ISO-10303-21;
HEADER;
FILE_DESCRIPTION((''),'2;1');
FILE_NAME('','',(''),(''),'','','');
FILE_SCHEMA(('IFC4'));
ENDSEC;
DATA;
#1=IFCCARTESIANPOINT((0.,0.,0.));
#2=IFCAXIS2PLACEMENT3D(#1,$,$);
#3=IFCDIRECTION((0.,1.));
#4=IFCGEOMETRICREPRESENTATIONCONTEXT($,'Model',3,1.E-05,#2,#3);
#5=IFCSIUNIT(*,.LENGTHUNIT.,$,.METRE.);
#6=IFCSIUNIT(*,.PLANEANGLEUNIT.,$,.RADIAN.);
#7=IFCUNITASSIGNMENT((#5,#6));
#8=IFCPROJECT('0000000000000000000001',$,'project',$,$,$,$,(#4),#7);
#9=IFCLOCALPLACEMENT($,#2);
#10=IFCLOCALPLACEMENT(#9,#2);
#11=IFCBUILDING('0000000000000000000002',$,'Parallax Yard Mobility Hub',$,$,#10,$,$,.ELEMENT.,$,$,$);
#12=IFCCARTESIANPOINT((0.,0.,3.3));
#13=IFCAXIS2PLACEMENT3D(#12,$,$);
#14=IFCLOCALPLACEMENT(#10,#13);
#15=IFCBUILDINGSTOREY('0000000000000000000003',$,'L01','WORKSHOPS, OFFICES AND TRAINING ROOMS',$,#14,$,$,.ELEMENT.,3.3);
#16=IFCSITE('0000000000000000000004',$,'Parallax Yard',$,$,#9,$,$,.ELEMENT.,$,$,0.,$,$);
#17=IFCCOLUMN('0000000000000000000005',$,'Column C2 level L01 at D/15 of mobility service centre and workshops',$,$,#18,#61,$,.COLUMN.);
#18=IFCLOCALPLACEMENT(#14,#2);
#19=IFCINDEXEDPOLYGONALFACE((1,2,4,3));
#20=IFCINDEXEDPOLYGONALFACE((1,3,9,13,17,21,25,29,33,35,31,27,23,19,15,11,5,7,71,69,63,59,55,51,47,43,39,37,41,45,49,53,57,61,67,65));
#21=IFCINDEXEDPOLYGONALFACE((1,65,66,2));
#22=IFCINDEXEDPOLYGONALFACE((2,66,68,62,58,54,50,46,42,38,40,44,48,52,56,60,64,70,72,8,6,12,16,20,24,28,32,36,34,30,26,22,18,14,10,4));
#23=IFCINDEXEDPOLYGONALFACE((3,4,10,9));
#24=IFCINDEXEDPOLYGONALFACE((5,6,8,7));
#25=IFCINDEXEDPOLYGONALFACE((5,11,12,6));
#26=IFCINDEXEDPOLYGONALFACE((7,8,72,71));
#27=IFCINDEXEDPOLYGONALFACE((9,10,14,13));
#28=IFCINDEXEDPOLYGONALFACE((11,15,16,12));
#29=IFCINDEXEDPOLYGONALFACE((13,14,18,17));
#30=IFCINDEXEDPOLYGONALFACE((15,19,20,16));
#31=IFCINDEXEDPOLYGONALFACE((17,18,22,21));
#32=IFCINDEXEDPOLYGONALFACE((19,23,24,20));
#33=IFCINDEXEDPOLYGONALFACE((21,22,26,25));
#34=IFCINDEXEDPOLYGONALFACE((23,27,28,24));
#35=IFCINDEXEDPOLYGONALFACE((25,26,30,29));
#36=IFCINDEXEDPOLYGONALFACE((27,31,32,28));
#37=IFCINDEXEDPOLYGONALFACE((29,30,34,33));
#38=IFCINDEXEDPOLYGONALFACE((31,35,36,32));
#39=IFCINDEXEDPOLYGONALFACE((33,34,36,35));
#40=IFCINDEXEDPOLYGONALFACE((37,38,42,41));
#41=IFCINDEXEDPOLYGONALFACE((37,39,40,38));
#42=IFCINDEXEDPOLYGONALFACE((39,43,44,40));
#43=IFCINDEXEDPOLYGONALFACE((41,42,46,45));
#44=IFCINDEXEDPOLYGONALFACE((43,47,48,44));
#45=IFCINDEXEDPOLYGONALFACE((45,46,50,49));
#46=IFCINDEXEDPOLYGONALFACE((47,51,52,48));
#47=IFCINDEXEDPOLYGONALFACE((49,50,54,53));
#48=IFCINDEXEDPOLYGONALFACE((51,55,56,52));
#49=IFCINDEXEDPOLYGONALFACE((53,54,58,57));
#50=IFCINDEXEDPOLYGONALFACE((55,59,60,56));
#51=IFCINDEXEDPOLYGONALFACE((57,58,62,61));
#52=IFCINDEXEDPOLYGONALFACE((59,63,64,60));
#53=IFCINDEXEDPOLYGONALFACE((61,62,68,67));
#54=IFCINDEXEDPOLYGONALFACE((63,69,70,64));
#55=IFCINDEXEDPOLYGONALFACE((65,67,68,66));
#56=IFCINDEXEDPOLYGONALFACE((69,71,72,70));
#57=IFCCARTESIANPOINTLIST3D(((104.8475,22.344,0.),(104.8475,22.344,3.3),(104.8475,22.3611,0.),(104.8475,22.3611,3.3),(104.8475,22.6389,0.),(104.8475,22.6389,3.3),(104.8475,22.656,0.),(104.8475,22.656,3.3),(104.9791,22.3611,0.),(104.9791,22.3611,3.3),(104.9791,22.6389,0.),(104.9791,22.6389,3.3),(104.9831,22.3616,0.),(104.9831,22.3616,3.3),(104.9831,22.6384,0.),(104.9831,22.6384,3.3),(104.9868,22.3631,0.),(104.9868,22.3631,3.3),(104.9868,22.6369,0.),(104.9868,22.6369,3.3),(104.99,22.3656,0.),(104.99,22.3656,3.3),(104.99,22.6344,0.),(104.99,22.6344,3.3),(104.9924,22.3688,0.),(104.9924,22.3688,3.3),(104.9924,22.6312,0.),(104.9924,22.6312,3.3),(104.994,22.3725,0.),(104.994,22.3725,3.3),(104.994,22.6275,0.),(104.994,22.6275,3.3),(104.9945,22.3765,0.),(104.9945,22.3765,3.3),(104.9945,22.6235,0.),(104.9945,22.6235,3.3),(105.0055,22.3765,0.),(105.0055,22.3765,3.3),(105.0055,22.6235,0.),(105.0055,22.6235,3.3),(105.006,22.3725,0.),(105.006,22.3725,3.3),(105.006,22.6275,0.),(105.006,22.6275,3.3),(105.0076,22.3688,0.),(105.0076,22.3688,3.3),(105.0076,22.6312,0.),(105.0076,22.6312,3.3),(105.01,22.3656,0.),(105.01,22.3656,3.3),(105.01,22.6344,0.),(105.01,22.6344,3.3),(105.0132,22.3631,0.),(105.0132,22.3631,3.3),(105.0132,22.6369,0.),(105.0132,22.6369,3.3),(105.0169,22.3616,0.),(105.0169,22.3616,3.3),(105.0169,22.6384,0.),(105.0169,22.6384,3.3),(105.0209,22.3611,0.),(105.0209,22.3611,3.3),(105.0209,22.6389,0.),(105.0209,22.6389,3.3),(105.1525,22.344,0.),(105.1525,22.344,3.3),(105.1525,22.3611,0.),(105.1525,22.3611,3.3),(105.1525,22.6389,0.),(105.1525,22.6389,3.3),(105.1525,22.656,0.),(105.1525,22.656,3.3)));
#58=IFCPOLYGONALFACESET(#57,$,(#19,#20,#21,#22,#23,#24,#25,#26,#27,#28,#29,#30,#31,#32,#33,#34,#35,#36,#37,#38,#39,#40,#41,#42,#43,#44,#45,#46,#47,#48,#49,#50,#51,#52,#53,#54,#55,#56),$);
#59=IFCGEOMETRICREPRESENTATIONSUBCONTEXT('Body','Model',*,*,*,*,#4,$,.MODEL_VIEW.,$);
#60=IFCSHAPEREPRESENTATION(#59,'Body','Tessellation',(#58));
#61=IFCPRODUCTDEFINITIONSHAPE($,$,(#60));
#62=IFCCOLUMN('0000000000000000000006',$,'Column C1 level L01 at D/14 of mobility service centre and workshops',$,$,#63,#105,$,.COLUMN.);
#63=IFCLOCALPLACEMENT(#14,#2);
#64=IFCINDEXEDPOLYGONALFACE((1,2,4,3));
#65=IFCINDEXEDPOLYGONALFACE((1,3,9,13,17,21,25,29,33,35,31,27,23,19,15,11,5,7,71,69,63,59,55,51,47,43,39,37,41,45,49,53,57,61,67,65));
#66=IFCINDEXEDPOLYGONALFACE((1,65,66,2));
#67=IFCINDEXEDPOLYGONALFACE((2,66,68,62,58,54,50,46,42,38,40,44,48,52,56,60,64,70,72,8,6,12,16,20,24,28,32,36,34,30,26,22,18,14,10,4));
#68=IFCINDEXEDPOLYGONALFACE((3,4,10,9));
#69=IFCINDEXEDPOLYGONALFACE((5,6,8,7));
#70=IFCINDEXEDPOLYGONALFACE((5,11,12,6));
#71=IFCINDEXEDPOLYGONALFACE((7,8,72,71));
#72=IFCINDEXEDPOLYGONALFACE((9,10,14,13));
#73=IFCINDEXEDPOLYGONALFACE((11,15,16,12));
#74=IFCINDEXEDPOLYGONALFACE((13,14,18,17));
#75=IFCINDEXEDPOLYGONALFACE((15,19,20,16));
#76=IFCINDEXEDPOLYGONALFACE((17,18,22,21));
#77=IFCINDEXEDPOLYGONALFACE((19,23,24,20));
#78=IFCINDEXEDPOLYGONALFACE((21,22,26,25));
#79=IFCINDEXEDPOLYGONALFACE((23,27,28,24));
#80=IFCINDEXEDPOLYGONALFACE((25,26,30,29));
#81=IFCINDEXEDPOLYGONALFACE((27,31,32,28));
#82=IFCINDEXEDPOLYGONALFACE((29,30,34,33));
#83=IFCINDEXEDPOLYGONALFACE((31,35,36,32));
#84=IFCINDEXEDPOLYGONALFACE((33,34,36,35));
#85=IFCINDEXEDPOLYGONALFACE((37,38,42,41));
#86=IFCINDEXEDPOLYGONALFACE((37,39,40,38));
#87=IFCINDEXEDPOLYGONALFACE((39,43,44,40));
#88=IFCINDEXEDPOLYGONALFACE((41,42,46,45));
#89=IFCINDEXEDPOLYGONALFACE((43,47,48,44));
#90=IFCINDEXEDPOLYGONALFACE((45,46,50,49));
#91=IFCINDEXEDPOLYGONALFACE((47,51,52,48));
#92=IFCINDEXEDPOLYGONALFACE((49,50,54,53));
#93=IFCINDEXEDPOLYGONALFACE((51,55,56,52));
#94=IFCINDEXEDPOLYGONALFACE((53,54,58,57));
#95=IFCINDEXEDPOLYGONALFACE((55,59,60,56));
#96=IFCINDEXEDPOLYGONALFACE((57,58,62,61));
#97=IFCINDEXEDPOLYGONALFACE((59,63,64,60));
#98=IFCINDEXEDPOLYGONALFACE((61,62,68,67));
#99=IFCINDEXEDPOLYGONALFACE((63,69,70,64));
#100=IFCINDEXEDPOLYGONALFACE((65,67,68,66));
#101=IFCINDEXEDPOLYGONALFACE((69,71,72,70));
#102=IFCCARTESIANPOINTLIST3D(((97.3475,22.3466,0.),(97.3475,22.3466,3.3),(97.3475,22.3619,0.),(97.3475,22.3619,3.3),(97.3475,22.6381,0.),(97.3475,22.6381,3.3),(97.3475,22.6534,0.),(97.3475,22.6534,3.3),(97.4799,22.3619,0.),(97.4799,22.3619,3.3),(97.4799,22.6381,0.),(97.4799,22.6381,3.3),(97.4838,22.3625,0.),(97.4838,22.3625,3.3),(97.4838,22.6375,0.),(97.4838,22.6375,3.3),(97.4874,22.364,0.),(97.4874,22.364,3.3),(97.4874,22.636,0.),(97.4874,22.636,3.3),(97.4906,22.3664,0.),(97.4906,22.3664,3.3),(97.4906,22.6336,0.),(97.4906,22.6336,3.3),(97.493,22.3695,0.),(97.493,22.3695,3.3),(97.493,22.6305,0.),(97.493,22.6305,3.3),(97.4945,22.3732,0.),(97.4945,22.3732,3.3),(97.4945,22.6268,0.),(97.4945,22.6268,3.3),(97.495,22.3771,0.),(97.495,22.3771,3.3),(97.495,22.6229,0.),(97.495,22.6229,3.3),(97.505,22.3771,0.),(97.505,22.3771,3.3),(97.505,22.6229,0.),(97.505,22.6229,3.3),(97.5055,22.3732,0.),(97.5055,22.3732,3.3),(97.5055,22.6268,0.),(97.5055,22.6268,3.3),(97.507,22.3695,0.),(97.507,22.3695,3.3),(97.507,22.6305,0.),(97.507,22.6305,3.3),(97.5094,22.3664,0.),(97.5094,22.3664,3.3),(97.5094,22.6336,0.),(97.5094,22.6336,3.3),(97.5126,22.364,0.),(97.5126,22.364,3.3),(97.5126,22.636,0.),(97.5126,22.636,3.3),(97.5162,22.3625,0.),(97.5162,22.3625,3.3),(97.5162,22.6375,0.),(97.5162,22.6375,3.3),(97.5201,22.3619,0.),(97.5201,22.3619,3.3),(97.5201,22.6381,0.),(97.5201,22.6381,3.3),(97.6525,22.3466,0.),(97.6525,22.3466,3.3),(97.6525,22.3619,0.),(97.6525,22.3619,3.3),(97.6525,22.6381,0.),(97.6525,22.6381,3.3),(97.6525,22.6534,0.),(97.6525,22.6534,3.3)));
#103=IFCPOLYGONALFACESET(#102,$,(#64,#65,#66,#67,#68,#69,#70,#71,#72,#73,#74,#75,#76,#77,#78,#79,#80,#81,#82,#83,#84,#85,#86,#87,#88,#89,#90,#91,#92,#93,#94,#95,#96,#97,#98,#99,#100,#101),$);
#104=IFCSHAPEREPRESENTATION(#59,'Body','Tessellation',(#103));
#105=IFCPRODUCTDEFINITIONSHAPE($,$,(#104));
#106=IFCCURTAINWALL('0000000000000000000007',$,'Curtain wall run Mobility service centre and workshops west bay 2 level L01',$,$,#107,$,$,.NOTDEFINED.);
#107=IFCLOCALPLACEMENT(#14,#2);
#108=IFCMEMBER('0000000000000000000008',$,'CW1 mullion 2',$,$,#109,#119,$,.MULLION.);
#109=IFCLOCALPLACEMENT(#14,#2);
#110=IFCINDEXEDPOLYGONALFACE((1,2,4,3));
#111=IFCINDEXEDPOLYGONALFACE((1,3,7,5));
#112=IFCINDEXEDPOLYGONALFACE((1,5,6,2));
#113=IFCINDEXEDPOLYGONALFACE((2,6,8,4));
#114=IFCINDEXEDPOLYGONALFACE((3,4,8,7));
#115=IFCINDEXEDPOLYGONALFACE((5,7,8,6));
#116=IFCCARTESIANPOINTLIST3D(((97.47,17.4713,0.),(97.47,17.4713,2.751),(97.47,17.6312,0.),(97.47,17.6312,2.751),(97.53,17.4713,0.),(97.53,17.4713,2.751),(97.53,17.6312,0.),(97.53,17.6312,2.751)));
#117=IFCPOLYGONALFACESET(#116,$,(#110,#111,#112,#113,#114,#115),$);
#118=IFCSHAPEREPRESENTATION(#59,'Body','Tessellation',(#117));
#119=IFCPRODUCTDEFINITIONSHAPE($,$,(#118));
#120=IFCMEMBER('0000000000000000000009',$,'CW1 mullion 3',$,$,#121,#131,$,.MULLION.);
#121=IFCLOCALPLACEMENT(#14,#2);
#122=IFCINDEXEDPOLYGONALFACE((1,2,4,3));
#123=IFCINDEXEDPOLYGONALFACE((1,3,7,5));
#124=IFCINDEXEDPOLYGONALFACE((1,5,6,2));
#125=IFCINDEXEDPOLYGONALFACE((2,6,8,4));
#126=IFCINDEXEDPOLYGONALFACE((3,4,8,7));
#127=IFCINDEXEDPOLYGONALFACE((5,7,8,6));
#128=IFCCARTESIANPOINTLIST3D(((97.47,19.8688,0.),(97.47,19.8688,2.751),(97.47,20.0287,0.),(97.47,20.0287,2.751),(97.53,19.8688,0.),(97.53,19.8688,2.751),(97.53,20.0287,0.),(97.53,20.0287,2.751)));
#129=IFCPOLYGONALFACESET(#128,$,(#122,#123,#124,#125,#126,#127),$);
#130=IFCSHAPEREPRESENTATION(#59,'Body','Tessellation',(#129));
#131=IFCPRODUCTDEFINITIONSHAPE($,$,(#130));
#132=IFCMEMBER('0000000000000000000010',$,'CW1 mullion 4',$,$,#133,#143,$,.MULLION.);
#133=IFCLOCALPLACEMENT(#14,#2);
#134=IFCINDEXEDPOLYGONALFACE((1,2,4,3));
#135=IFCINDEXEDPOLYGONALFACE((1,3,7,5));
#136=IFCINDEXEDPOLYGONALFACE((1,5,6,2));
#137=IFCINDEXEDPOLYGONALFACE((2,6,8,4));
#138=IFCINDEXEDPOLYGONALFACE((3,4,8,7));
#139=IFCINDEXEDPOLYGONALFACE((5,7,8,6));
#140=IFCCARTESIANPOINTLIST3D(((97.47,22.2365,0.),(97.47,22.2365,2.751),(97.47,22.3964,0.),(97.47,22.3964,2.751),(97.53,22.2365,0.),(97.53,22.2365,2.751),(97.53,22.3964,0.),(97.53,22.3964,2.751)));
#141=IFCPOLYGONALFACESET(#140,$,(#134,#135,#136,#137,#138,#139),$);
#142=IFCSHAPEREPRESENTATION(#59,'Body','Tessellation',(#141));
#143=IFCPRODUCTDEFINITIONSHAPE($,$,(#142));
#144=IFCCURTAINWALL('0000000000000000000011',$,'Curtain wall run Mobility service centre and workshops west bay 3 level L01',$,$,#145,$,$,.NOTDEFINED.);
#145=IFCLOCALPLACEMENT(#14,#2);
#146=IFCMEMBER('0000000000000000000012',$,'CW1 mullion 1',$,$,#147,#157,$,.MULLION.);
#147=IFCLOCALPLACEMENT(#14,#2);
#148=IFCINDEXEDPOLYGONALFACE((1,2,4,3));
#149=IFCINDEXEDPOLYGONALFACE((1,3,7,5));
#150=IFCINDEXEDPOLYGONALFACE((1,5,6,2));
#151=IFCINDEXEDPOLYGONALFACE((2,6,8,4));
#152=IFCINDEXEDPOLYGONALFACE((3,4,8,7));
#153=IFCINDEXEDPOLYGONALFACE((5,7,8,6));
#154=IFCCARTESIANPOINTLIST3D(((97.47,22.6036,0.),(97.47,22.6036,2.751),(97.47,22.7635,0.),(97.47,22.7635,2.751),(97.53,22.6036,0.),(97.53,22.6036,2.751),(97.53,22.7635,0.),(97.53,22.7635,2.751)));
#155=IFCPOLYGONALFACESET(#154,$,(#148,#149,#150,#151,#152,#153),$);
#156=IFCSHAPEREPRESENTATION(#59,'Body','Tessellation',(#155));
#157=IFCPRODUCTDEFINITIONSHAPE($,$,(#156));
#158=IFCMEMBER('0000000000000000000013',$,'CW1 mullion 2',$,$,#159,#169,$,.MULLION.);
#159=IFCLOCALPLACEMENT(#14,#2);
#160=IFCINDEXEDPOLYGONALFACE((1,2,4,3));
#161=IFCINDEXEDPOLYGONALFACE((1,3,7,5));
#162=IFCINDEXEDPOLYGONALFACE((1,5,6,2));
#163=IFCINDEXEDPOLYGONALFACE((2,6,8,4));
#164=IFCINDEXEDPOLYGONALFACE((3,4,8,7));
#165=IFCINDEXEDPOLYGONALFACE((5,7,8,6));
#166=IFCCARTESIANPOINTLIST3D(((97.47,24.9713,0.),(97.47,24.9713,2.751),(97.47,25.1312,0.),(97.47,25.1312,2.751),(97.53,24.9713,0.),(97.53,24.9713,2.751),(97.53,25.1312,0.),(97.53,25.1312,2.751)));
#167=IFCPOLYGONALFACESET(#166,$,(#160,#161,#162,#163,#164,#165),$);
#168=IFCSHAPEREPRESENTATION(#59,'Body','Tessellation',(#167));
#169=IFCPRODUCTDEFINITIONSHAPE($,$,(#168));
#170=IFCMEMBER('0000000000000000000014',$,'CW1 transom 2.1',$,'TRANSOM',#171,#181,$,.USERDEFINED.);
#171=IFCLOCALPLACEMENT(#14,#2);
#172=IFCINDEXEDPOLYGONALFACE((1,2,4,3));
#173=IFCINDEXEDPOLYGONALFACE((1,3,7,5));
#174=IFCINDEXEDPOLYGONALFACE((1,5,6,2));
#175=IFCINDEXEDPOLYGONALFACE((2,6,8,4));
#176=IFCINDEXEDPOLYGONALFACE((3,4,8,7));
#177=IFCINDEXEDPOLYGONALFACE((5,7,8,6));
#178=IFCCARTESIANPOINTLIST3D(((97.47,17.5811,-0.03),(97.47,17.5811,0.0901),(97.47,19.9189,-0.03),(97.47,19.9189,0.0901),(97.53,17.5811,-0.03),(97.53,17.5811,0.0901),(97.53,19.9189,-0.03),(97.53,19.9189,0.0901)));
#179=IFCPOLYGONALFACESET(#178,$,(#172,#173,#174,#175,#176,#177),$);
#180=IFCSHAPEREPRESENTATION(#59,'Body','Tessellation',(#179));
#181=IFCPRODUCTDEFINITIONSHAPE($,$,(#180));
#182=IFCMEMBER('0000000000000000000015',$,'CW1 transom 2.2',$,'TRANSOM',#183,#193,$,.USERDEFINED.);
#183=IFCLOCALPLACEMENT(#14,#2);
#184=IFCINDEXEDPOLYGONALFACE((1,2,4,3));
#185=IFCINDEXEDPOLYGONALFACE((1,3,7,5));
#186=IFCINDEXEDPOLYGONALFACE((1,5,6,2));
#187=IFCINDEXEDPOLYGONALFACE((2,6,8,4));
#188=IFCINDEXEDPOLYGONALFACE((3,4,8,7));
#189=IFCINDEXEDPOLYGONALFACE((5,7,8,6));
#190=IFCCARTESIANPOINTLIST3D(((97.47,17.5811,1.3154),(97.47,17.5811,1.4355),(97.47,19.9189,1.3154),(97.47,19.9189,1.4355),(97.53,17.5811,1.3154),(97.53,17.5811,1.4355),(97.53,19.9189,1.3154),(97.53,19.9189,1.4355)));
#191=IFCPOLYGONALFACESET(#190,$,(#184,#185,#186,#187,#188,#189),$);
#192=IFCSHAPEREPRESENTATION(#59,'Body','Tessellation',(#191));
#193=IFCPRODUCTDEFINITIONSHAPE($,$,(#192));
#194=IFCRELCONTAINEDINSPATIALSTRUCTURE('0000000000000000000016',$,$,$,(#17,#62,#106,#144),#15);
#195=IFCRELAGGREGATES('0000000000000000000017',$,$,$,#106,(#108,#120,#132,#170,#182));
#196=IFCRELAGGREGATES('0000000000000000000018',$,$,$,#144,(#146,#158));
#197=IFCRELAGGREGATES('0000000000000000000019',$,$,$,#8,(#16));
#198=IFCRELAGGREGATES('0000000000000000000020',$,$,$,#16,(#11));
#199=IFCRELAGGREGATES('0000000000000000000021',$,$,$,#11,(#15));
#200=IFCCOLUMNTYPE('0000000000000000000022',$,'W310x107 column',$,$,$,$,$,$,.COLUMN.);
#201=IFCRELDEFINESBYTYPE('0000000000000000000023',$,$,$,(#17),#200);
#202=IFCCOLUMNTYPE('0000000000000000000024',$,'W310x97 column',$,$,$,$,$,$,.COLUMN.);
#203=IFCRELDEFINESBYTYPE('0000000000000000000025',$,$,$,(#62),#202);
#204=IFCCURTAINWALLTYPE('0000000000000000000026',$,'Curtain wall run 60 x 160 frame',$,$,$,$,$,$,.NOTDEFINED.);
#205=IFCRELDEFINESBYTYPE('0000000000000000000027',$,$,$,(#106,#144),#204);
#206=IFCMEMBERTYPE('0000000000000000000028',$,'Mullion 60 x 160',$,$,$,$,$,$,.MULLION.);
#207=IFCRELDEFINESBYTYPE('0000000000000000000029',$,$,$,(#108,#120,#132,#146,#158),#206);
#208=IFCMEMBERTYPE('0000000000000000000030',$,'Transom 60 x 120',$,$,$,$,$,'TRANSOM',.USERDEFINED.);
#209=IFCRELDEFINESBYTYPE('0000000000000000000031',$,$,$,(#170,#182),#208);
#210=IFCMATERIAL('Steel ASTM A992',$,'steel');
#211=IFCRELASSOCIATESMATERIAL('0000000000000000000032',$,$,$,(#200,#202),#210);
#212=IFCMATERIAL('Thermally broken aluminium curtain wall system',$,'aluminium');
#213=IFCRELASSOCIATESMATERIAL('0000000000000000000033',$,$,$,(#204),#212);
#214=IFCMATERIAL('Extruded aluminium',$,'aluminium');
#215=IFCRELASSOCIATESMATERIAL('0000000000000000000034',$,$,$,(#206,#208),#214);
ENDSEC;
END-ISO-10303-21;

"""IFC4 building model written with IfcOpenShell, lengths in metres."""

from ifc_helpers import new_model, si_unit, direction, frame, origin, origin_2d, place, context, subcontext, project, spatial, rectangle, i_section, extrude, material, material_profile, profile_set, type_object, element, aggregate, save


model = new_model("IFC4")

# Units and contexts
model_context = context("Model", 3, precision=1e-05, world=origin(), true_north=direction((0.0, 1.0)))
body_context = subcontext(model_context, "Body", "Model", "MODEL_VIEW")
ifc_project = project(units=[si_unit("LENGTHUNIT", "METRE"), si_unit("PLANEANGLEUNIT", "RADIAN")], contexts=[model_context])

# Site, building, storey
site_placement = place(None, origin())
site = spatial("IfcSite", under=ifc_project, at=site_placement, Name="Parallax Yard", CompositionType="ELEMENT", RefElevation=0.0)
building_placement = place(site_placement, origin())
building = spatial("IfcBuilding", under=site, at=building_placement, Name="Parallax Yard Mobility Hub", CompositionType="ELEMENT")
storey_placement = place(building_placement, frame((0.0, 0.0, 3.3)))
storey = spatial("IfcBuildingStorey", under=building, at=storey_placement, Name="L01", Description="WORKSHOPS, OFFICES AND TRAINING ROOMS", CompositionType="ELEMENT", Elevation=3.3)

# Columns
ifc_material_1 = material(Name="Steel ASTM A992", Category="steel")
ifc_material_profile_1 = material_profile(ifc_material_1, i_section(OverallWidth=0.3049, OverallDepth=0.312, WebThickness=0.011, FlangeThickness=0.0171, FilletRadius=0.0154, at=origin_2d()), Name="W310x107")
ifc_profile_set_1 = profile_set([ifc_material_profile_1], Name="Steel ASTM A992")
column_type_1 = type_object("IfcColumnType", Name="W310x107 column", PredefinedType="COLUMN", material=ifc_profile_set_1)
column_1_placement = place(storey_placement, frame((105.0, 22.5, 0.0), z_axis=(0.0, 0.0, 1.0), x_axis=(1.0, 0.0, 0.0)))
element("IfcColumn", 1, at=column_1_placement, inside=storey, type_object=column_type_1, Name="Column C2 level L01 at D/15 of mobility service centre and workshops", PredefinedType="COLUMN", context=body_context, shape_type="SweptSolid", body=[
    extrude(i_section(OverallWidth=0.3049, OverallDepth=0.312, WebThickness=0.011, FlangeThickness=0.0171, FilletRadius=0.0154, at=origin_2d()), origin(), (0.0, 0.0, 1.0), 3.3),
])
ifc_material_profile_2 = material_profile(ifc_material_1, i_section(OverallWidth=0.3049, OverallDepth=0.3069, WebThickness=0.01, FlangeThickness=0.0154, FilletRadius=0.0151, at=origin_2d()), Name="W310x97")
ifc_profile_set_2 = profile_set([ifc_material_profile_2], Name="Steel ASTM A992")
column_type_2 = type_object("IfcColumnType", Name="W310x97 column", PredefinedType="COLUMN", material=ifc_profile_set_2)
column_2_placement = place(storey_placement, frame((97.5, 22.5, 0.0), z_axis=(0.0, 0.0, 1.0), x_axis=(1.0, 0.0, 0.0)))
element("IfcColumn", 2, at=column_2_placement, inside=storey, type_object=column_type_2, Name="Column C1 level L01 at D/14 of mobility service centre and workshops", PredefinedType="COLUMN", context=body_context, shape_type="SweptSolid", body=[
    extrude(i_section(OverallWidth=0.3049, OverallDepth=0.3069, WebThickness=0.01, FlangeThickness=0.0154, FilletRadius=0.0151, at=origin_2d()), origin(), (0.0, 0.0, 1.0), 3.3),
])

# Curtain walls, members
ifc_material_2 = material(Name="Thermally broken aluminium curtain wall system", Category="aluminium")
curtain_wall_type = type_object("IfcCurtainWallType", Name="Curtain wall run 60 x 160 frame", PredefinedType="NOTDEFINED", material=ifc_material_2)
curtain_wall_1_placement = place(storey_placement, origin())
curtain_wall_1 = element("IfcCurtainWall", 3, at=curtain_wall_1_placement, inside=storey, type_object=curtain_wall_type, Name="Curtain wall run Mobility service centre and workshops west bay 2 level L01", PredefinedType="NOTDEFINED")
ifc_material_3 = material(Name="Extruded aluminium", Category="aluminium")
ifc_material_profile_3 = material_profile(ifc_material_3, rectangle(XDim=0.0601, YDim=0.1599, at=origin_2d()), Name="Mullion 60 x 160")
ifc_profile_set_3 = profile_set([ifc_material_profile_3], Name="Extruded aluminium")
member_type_1 = type_object("IfcMemberType", Name="Mullion 60 x 160", PredefinedType="MULLION", material=ifc_profile_set_3)
member_1_placement = place(storey_placement, frame((97.5, 17.5513, 0.0), z_axis=(0.0, 0.0, 1.0), x_axis=(-1.0, 0.0, 0.0)))
member_1 = element("IfcMember", 4, at=member_1_placement, type_object=member_type_1, Name="CW1 mullion 2", PredefinedType="MULLION", context=body_context, shape_type="SweptSolid", body=[
    extrude(rectangle(XDim=0.0601, YDim=0.1599, at=origin_2d()), origin(), (0.0, 0.0, 1.0), 2.751),
])
member_2_placement = place(storey_placement, frame((97.5, 19.9487, 0.0), z_axis=(0.0, 0.0, 1.0), x_axis=(-1.0, 0.0, 0.0)))
member_2 = element("IfcMember", 5, at=member_2_placement, type_object=member_type_1, Name="CW1 mullion 3", PredefinedType="MULLION", context=body_context, shape_type="SweptSolid", body=[
    extrude(rectangle(XDim=0.0601, YDim=0.1599, at=origin_2d()), origin(), (0.0, 0.0, 1.0), 2.751),
])
member_3_placement = place(storey_placement, frame((97.5, 22.3164, 0.0), z_axis=(0.0, 0.0, 1.0), x_axis=(-1.0, 0.0, 0.0)))
member_3 = element("IfcMember", 6, at=member_3_placement, type_object=member_type_1, Name="CW1 mullion 4", PredefinedType="MULLION", context=body_context, shape_type="SweptSolid", body=[
    extrude(rectangle(XDim=0.0601, YDim=0.1599, at=origin_2d()), origin(), (0.0, 0.0, 1.0), 2.751),
])
curtain_wall_2_placement = place(storey_placement, origin())
curtain_wall_2 = element("IfcCurtainWall", 7, at=curtain_wall_2_placement, inside=storey, type_object=curtain_wall_type, Name="Curtain wall run Mobility service centre and workshops west bay 3 level L01", PredefinedType="NOTDEFINED")
member_4_placement = place(storey_placement, frame((97.5, 22.6836, 0.0), z_axis=(0.0, 0.0, 1.0), x_axis=(-1.0, 0.0, 0.0)))
member_4 = element("IfcMember", 8, at=member_4_placement, type_object=member_type_1, Name="CW1 mullion 1", PredefinedType="MULLION", context=body_context, shape_type="SweptSolid", body=[
    extrude(rectangle(XDim=0.0601, YDim=0.1599, at=origin_2d()), origin(), (0.0, 0.0, 1.0), 2.751),
])
member_5_placement = place(storey_placement, frame((97.5, 25.0513, 0.0), z_axis=(0.0, 0.0, 1.0), x_axis=(-1.0, 0.0, 0.0)))
member_5 = element("IfcMember", 9, at=member_5_placement, type_object=member_type_1, Name="CW1 mullion 2", PredefinedType="MULLION", context=body_context, shape_type="SweptSolid", body=[
    extrude(rectangle(XDim=0.0601, YDim=0.1599, at=origin_2d()), origin(), (0.0, 0.0, 1.0), 2.751),
])

# Members
ifc_material_profile_4 = material_profile(ifc_material_3, rectangle(XDim=0.0601, YDim=0.1201, at=origin_2d()), Name="Transom 60 x 120")
ifc_profile_set_4 = profile_set([ifc_material_profile_4], Name="Extruded aluminium")
member_type_2 = type_object("IfcMemberType", Name="Transom 60 x 120", ElementType="TRANSOM", PredefinedType="USERDEFINED", material=ifc_profile_set_4)
member_6_placement = place(storey_placement, frame((97.5, 17.5811, 0.03), z_axis=(0.0, 1.0, 0.0), x_axis=(-1.0, 0.0, 0.0)))
member_6 = element("IfcMember", 10, at=member_6_placement, type_object=member_type_2, Name="CW1 transom 2.1", ObjectType="TRANSOM", PredefinedType="USERDEFINED", context=body_context, shape_type="SweptSolid", body=[
    extrude(rectangle(XDim=0.0601, YDim=0.1201, at=origin_2d()), origin(), (0.0, 0.0, 1.0), 2.3379),
])
member_7_placement = place(storey_placement, frame((97.5, 17.5811, 1.3755), z_axis=(0.0, 1.0, 0.0), x_axis=(-1.0, 0.0, 0.0)))
member_7 = element("IfcMember", 11, at=member_7_placement, type_object=member_type_2, Name="CW1 transom 2.2", ObjectType="TRANSOM", PredefinedType="USERDEFINED", context=body_context, shape_type="SweptSolid", body=[
    extrude(rectangle(XDim=0.0601, YDim=0.1201, at=origin_2d()), origin(), (0.0, 0.0, 1.0), 2.3379),
])

aggregate(curtain_wall_1, [member_1, member_2, member_3, member_6, member_7])
aggregate(curtain_wall_2, [member_4, member_5])

save(model, "model.ifc")
